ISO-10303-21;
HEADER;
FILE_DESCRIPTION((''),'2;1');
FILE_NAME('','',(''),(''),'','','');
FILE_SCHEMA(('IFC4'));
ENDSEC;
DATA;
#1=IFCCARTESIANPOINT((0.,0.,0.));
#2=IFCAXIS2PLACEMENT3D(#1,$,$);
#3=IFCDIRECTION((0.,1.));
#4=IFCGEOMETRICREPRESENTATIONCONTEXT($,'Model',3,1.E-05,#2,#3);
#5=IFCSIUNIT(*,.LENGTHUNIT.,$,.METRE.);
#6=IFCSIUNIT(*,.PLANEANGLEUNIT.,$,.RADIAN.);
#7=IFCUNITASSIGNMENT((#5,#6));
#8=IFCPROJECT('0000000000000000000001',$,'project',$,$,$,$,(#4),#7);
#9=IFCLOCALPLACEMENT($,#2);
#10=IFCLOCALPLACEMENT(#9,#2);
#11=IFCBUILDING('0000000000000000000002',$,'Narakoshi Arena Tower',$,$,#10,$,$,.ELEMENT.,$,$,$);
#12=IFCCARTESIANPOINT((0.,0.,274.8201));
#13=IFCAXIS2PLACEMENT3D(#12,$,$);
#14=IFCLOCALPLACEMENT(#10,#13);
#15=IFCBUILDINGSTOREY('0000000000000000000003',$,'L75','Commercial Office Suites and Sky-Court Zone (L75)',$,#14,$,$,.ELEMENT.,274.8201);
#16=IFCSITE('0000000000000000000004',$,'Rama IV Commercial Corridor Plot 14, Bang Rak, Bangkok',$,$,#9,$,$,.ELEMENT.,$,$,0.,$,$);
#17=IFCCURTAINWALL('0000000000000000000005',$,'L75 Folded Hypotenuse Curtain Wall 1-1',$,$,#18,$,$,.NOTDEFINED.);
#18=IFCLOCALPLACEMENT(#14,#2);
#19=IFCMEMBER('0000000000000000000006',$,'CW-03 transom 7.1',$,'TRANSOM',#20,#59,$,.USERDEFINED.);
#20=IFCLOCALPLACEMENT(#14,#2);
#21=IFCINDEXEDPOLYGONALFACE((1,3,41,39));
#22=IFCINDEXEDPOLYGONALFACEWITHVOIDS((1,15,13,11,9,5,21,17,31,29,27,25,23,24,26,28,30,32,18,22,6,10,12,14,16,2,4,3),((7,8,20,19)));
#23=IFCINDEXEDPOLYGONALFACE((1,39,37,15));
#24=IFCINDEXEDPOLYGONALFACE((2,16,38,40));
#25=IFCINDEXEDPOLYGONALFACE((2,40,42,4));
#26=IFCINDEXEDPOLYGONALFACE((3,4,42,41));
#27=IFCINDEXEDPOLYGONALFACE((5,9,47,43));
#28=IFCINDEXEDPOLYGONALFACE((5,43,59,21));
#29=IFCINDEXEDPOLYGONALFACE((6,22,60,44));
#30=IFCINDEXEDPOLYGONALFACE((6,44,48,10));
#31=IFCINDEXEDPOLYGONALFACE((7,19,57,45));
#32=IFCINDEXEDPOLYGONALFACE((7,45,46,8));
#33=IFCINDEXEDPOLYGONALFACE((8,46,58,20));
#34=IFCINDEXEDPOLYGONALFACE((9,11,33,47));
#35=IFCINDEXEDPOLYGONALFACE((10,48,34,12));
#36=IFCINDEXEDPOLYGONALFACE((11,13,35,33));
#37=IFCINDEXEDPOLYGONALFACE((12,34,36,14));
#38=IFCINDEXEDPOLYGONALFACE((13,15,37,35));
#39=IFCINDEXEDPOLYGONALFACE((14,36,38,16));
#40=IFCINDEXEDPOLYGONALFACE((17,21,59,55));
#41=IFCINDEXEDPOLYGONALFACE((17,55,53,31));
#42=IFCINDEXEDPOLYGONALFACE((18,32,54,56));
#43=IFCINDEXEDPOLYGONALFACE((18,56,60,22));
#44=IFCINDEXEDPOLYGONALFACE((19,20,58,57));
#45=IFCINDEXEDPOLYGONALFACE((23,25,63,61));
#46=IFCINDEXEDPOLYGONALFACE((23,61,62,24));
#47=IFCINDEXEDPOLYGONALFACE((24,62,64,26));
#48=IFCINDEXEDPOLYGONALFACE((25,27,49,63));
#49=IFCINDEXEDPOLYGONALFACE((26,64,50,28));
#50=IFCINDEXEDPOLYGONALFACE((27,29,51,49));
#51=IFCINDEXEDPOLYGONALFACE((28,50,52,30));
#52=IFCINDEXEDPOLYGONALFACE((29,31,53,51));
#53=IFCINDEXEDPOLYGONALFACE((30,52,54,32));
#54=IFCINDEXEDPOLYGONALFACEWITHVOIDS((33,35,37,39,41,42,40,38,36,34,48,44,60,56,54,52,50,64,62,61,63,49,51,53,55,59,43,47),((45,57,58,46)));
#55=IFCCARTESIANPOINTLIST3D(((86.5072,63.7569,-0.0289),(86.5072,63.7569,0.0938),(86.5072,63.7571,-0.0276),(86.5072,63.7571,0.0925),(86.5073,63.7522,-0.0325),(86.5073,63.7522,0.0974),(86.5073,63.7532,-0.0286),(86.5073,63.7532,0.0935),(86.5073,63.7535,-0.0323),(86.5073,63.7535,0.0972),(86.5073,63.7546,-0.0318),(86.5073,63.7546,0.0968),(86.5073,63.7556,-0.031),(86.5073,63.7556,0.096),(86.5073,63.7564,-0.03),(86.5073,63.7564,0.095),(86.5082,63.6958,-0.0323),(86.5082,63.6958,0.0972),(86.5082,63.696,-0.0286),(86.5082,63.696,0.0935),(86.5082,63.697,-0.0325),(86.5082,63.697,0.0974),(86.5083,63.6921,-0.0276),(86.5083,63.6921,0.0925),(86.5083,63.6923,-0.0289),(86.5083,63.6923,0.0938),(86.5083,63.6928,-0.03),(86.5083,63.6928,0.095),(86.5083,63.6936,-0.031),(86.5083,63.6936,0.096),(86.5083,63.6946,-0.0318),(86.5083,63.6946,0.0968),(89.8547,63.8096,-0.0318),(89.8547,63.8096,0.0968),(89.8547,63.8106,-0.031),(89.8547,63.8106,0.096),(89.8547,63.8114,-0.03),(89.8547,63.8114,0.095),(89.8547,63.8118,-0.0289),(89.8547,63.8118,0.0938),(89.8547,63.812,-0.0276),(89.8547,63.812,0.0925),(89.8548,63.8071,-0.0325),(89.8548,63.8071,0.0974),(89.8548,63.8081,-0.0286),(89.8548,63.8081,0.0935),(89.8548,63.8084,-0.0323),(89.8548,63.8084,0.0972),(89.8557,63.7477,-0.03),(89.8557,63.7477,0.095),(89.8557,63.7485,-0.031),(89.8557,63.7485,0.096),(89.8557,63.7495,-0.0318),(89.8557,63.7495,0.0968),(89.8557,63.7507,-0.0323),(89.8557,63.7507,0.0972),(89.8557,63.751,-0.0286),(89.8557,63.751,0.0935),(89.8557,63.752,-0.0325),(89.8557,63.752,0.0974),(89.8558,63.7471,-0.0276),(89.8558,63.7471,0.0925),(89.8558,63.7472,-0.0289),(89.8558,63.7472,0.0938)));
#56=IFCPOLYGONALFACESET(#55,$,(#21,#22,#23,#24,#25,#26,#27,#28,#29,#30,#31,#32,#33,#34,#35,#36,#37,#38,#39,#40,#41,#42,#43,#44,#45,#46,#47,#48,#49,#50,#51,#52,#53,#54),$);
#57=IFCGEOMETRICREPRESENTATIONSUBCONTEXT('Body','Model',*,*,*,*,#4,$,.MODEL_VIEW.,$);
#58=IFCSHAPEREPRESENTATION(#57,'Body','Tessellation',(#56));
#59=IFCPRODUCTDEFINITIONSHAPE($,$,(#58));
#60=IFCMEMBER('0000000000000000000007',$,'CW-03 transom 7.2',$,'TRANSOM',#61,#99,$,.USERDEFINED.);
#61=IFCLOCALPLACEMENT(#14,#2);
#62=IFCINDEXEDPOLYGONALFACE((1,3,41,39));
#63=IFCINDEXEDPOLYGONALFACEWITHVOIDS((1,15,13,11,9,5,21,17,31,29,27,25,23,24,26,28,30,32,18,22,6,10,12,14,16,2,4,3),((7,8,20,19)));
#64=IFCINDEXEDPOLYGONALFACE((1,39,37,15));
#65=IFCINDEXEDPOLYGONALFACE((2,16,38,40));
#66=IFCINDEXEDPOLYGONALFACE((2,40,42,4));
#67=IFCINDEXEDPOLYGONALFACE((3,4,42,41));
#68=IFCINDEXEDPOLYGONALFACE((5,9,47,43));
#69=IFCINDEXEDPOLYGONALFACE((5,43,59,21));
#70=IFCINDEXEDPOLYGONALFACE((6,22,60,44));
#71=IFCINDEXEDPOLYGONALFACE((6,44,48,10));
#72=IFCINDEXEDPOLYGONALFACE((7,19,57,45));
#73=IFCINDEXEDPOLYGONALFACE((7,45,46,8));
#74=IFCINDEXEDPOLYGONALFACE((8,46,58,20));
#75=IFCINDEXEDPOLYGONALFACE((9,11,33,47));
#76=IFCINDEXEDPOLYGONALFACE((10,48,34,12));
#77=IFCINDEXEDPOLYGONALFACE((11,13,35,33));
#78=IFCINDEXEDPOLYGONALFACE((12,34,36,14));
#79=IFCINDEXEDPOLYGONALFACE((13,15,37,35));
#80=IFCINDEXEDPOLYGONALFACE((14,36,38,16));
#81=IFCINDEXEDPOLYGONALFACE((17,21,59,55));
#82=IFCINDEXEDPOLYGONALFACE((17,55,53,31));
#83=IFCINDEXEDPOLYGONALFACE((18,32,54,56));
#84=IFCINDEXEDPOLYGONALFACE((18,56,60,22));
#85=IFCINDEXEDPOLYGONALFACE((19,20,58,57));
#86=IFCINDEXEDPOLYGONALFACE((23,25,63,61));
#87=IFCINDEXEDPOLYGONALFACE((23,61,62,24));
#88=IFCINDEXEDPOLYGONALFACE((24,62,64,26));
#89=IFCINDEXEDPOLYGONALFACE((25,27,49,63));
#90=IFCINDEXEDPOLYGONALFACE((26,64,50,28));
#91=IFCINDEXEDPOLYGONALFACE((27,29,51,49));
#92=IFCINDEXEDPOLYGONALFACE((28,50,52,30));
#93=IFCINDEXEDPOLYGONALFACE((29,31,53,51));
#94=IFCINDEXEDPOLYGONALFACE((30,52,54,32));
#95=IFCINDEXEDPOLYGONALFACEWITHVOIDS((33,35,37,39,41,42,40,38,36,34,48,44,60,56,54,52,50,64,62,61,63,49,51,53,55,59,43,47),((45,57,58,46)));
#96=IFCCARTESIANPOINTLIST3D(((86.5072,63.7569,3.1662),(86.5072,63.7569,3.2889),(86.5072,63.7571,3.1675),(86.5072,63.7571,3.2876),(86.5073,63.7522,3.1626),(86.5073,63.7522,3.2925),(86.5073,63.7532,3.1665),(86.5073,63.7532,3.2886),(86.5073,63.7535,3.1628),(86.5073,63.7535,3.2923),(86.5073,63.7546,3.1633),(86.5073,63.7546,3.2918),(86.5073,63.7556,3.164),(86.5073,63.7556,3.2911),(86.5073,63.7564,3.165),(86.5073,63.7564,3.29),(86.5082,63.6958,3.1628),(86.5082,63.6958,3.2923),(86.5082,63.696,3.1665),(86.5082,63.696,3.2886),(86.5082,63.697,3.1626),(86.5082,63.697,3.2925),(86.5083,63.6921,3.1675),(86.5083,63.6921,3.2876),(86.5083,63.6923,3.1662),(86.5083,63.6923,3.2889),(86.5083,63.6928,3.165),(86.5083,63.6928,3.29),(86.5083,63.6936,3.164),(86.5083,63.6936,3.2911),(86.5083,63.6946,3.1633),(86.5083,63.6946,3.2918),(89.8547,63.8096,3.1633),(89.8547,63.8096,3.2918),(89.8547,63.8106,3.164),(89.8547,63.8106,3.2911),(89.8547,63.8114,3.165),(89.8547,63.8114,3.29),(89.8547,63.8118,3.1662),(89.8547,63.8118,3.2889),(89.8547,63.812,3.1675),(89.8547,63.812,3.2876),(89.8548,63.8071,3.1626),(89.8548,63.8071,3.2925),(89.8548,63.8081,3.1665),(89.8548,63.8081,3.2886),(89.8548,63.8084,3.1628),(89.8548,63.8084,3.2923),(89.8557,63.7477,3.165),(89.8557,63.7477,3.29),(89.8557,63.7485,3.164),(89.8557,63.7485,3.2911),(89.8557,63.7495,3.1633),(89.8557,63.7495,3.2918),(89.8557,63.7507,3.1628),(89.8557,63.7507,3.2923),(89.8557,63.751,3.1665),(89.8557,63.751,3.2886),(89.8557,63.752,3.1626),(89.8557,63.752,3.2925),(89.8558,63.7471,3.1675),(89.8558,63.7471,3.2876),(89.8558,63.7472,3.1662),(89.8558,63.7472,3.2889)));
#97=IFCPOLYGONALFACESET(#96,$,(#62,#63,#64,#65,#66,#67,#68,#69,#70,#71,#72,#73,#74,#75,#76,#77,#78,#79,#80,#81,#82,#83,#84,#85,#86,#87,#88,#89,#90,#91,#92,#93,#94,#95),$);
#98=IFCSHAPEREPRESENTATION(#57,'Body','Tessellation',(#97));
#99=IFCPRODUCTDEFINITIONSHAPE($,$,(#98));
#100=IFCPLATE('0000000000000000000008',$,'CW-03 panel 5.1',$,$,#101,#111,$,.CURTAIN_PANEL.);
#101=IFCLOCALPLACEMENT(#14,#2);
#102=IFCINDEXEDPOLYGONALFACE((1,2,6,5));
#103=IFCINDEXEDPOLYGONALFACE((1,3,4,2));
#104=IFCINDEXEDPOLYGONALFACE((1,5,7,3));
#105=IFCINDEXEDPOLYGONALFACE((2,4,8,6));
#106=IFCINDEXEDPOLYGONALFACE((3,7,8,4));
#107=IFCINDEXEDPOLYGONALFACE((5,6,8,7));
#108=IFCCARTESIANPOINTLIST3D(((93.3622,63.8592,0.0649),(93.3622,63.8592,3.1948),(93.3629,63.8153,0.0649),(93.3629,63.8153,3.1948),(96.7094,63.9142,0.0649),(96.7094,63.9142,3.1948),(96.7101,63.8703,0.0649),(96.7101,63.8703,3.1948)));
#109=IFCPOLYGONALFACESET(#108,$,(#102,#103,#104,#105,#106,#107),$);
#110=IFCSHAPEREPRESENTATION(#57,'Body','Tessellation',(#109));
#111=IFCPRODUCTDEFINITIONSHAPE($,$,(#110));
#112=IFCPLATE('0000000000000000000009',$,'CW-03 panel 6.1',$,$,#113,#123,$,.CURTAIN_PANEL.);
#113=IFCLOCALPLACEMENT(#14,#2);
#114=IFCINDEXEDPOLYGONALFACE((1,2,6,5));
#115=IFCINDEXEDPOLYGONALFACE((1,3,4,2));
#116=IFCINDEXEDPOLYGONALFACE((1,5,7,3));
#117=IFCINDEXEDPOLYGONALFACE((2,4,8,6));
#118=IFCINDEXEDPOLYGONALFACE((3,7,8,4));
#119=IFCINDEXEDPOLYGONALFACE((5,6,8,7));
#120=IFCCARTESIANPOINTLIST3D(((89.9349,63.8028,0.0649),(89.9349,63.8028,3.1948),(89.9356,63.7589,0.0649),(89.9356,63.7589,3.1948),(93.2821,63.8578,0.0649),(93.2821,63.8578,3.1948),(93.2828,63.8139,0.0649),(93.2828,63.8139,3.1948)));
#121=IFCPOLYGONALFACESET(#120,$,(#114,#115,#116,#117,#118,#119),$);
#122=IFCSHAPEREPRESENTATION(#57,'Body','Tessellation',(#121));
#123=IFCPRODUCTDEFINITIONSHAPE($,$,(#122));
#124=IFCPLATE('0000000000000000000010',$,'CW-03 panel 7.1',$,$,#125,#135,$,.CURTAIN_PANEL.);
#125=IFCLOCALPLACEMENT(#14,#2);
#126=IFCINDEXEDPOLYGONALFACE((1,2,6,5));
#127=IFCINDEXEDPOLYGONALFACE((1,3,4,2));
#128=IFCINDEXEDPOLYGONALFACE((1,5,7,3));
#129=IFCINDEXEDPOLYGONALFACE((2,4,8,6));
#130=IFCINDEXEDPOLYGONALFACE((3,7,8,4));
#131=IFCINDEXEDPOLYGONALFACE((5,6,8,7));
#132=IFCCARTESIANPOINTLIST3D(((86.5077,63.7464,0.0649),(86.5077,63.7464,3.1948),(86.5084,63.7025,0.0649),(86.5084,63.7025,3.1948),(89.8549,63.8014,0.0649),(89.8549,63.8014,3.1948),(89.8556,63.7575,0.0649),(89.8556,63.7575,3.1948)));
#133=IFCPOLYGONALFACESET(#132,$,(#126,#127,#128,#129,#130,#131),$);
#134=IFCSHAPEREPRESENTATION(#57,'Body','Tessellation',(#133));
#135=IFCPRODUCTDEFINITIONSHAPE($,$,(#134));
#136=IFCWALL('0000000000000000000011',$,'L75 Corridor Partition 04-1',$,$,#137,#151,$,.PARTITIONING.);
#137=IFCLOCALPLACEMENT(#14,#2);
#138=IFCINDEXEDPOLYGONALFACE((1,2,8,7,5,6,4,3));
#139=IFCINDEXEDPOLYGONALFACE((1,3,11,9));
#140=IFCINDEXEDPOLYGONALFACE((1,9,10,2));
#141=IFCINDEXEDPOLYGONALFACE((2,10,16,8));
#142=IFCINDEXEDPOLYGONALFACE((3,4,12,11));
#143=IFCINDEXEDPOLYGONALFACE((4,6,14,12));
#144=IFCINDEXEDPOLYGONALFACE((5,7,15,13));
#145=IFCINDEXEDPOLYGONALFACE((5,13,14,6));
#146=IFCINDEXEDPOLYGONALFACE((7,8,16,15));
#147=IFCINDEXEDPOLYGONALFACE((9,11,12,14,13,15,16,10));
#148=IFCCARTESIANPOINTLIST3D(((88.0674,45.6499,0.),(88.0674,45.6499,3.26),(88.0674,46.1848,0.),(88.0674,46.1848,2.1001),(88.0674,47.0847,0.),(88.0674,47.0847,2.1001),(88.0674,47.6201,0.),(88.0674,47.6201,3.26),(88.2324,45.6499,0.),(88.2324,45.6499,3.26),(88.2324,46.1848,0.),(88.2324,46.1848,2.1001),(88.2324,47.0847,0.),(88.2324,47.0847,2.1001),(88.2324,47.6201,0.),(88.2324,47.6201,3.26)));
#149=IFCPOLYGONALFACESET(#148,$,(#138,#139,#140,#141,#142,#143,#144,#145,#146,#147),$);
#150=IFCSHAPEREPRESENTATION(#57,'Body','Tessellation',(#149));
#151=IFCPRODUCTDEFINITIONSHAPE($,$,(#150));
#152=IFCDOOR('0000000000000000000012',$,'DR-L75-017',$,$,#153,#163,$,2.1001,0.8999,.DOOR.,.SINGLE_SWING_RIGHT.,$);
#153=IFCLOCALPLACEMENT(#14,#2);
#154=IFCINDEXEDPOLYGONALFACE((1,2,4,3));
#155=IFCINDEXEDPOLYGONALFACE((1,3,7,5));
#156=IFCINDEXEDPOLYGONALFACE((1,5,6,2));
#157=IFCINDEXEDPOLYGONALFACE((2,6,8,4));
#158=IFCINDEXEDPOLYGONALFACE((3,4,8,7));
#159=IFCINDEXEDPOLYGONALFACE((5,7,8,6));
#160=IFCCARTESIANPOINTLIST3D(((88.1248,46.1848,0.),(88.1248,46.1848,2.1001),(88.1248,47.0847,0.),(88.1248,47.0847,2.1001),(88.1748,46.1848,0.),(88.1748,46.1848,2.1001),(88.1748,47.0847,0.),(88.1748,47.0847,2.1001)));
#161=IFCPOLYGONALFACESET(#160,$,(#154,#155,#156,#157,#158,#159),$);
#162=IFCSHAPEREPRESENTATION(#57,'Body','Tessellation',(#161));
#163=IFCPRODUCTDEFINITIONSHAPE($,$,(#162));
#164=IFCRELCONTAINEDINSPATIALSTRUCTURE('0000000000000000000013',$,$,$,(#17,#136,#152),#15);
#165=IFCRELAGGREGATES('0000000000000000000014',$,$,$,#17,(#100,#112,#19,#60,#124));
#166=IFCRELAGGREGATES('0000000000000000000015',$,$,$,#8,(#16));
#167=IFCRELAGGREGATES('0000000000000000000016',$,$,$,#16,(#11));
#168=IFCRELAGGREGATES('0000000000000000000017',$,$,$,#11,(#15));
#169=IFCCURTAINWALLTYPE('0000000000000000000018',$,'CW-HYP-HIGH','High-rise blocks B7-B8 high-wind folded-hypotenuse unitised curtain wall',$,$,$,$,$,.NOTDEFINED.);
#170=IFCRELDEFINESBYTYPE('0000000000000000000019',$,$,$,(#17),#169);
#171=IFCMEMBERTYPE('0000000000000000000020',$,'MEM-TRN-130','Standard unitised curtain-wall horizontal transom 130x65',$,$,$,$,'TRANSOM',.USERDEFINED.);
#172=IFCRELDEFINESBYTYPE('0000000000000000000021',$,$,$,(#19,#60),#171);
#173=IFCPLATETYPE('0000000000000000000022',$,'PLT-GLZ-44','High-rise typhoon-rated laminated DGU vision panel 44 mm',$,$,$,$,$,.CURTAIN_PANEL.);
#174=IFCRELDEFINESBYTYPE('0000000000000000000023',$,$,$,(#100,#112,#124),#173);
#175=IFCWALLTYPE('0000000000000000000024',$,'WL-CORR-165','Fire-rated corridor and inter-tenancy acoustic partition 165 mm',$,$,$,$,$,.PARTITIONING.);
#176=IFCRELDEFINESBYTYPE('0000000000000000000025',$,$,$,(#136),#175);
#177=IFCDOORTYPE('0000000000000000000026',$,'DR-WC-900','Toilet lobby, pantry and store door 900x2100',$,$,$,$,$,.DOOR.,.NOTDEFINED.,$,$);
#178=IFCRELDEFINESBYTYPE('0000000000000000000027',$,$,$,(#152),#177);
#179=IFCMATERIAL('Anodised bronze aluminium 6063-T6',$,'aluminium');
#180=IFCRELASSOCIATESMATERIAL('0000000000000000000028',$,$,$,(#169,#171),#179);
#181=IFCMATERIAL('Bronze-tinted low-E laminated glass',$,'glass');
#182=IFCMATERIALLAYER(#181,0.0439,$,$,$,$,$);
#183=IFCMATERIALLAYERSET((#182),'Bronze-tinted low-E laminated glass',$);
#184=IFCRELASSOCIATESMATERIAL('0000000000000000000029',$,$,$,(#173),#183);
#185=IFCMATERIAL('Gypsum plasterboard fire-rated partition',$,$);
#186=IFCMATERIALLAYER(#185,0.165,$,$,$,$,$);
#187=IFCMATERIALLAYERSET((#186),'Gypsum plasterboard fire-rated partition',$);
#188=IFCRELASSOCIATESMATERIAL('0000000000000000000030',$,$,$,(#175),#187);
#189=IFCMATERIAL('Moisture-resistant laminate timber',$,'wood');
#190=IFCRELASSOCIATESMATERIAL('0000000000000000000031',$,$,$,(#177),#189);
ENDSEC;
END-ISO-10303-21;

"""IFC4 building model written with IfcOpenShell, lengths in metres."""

from ifc_helpers import new_model, si_unit, direction, frame, frame_2d, origin, origin_2d, place, context, subcontext, project, spatial, rectangle, hollow_rectangle, extrude, material, layer, layer_set, material_profile, profile_set, type_object, element, fill, aggregate, save


model = new_model("IFC4")

# Units and contexts
model_context = context("Model", 3, precision=1e-05, world=origin(), true_north=direction((0.0, 1.0)))
body_context = subcontext(model_context, "Body", "Model", "MODEL_VIEW")
ifc_project = project(units=[si_unit("LENGTHUNIT", "METRE"), si_unit("PLANEANGLEUNIT", "RADIAN")], contexts=[model_context])

# Site, building, storey
site_placement = place(None, origin())
site = spatial("IfcSite", under=ifc_project, at=site_placement, Name="Rama IV Commercial Corridor Plot 14, Bang Rak, Bangkok", CompositionType="ELEMENT", RefElevation=0.0)
building_placement = place(site_placement, origin())
building = spatial("IfcBuilding", under=site, at=building_placement, Name="Narakoshi Arena Tower", CompositionType="ELEMENT")
storey_placement = place(building_placement, frame((0.0, 0.0, 274.8201)))
storey = spatial("IfcBuildingStorey", under=building, at=storey_placement, Name="L75", Description="Commercial Office Suites and Sky-Court Zone (L75)", CompositionType="ELEMENT", Elevation=274.8201)

# Curtain wall, members, plates
ifc_material_1 = material(Name="Anodised bronze aluminium 6063-T6", Category="aluminium")
curtain_wall_type = type_object("IfcCurtainWallType", Name="CW-HYP-HIGH", Description="High-rise blocks B7-B8 high-wind folded-hypotenuse unitised curtain wall", PredefinedType="NOTDEFINED", material=ifc_material_1)
curtain_wall_placement = place(storey_placement, origin())
curtain_wall = element("IfcCurtainWall", 1, at=curtain_wall_placement, inside=storey, type_object=curtain_wall_type, Name="L75 Folded Hypotenuse Curtain Wall 1-1", PredefinedType="NOTDEFINED")
ifc_material_profile_1 = material_profile(ifc_material_1, hollow_rectangle(XDim=0.0649, YDim=0.1299, WallThickness=0.0039, OuterFilletRadius=0.0049, at=origin_2d()), Name="TRN130x65x4")
ifc_profile_set_1 = profile_set([ifc_material_profile_1], Name="Anodised bronze aluminium 6063-T6")
member_type_1 = type_object("IfcMemberType", Name="MEM-TRN-130", Description="Standard unitised curtain-wall horizontal transom 130x65", ElementType="TRANSOM", PredefinedType="USERDEFINED", material=ifc_profile_set_1)
member_1_placement = place(storey_placement, frame((89.8552, 63.7795, 0.0325), z_axis=(-0.999865, -0.016408, 0.0), x_axis=(0.016408, -0.999865, 0.0)))
member_1 = element("IfcMember", 2, at=member_1_placement, type_object=member_type_1, Name="CW-03 transom 7.1", ObjectType="TRANSOM", PredefinedType="USERDEFINED", context=body_context, shape_type="SweptSolid", body=[
    extrude(hollow_rectangle(XDim=0.0649, YDim=0.1299, WallThickness=0.0039, OuterFilletRadius=0.0049, at=origin_2d()), origin(), (0.0, 0.0, 1.0), 3.3479),
])
member_2_placement = place(storey_placement, frame((89.8552, 63.7795, 3.2275), z_axis=(-0.999865, -0.016408, 0.0), x_axis=(0.016408, -0.999865, 0.0)))
member_2 = element("IfcMember", 3, at=member_2_placement, type_object=member_type_1, Name="CW-03 transom 7.2", ObjectType="TRANSOM", PredefinedType="USERDEFINED", context=body_context, shape_type="SweptSolid", body=[
    extrude(hollow_rectangle(XDim=0.0649, YDim=0.1299, WallThickness=0.0039, OuterFilletRadius=0.0049, at=origin_2d()), origin(), (0.0, 0.0, 1.0), 3.3479),
])
ifc_material_2 = material(Name="Bronze-tinted low-E laminated glass", Category="glass")
ifc_layer_1 = layer(ifc_material_2, 0.0439)
ifc_layer_set_1 = layer_set([ifc_layer_1], Name="Bronze-tinted low-E laminated glass")
plate_type = type_object("IfcPlateType", Name="PLT-GLZ-44", Description="High-rise typhoon-rated laminated DGU vision panel 44 mm", PredefinedType="CURTAIN_PANEL", material=ifc_layer_set_1)
plate_1_placement = place(storey_placement, frame((95.0361, 63.8647, 0.0649), z_axis=(0.0, 0.0, 1.0), x_axis=(-0.999865, -0.016443, 0.0)))
plate_1 = element("IfcPlate", 4, at=plate_1_placement, type_object=plate_type, Name="CW-03 panel 5.1", PredefinedType="CURTAIN_PANEL", context=body_context, shape_type="SweptSolid", body=[
    extrude(rectangle(XDim=3.3477, YDim=0.0439, at=origin_2d()), origin(), (0.0, 0.0, 1.0), 3.1299),
])
plate_2_placement = place(storey_placement, frame((91.6089, 63.8083, 0.0649), z_axis=(0.0, 0.0, 1.0), x_axis=(-0.999865, -0.016443, 0.0)))
plate_2 = element("IfcPlate", 5, at=plate_2_placement, type_object=plate_type, Name="CW-03 panel 6.1", PredefinedType="CURTAIN_PANEL", context=body_context, shape_type="SweptSolid", body=[
    extrude(rectangle(XDim=3.3477, YDim=0.0439, at=origin_2d()), origin(), (0.0, 0.0, 1.0), 3.1299),
])
plate_3_placement = place(storey_placement, frame((88.1816, 63.752, 0.0649), z_axis=(0.0, 0.0, 1.0), x_axis=(-0.999865, -0.016443, 0.0)))
plate_3 = element("IfcPlate", 6, at=plate_3_placement, type_object=plate_type, Name="CW-03 panel 7.1", PredefinedType="CURTAIN_PANEL", context=body_context, shape_type="SweptSolid", body=[
    extrude(rectangle(XDim=3.3477, YDim=0.0439, at=origin_2d()), origin(), (0.0, 0.0, 1.0), 3.1299),
])
aggregate(curtain_wall, [plate_1, plate_2, member_1, member_2, plate_3])

# Wall, opening, door
ifc_material_3 = material(Name="Gypsum plasterboard fire-rated partition")
ifc_layer_2 = layer(ifc_material_3, 0.165)
ifc_layer_set_2 = layer_set([ifc_layer_2], Name="Gypsum plasterboard fire-rated partition")
wall_type_1 = type_object("IfcWallType", Name="WL-CORR-165", Description="Fire-rated corridor and inter-tenancy acoustic partition 165 mm", PredefinedType="PARTITIONING", material=ifc_layer_set_2)
wall_1_placement = place(storey_placement, frame((88.1499, 45.6499, 0.0), z_axis=(0.0, 0.0, 1.0), x_axis=(0.0, 1.0, 0.0)))
wall_1 = element("IfcWall", 7, at=wall_1_placement, inside=storey, type_object=wall_type_1, Name="L75 Corridor Partition 04-1", PredefinedType="PARTITIONING", context=body_context, shape_type="SweptSolid", body=[
    extrude(rectangle(XDim=1.9702, YDim=0.165, at=frame_2d((0.9851, 0.0))), origin(), (0.0, 0.0, 1.0), 3.26),
])
opening_1_placement = place(wall_1_placement, frame((0.5349, 0.0, 0.0)))
opening_1 = element("IfcOpeningElement", 8, at=opening_1_placement, cuts=wall_1, PredefinedType="OPENING", context=body_context, shape_type="SweptSolid", body=[
    extrude(rectangle(XDim=0.8999, YDim=2.1001, at=frame_2d((0.45, 1.05))), frame((0.0, 0.0925, 0.0), z_axis=(0.0, -1.0, 0.0), x_axis=(1.0, 0.0, 0.0)), (0.0, 0.0, 1.0), 0.1851),
])
ifc_material_4 = material(Name="Moisture-resistant laminate timber", Category="wood")
door_type_1 = type_object("IfcDoorType", Name="DR-WC-900", Description="Toilet lobby, pantry and store door 900x2100", OperationType="NOTDEFINED", PredefinedType="DOOR", material=ifc_material_4)
door_1_placement = place(opening_1_placement, frame((0.8999, 0.0, 0.0), z_axis=(0.0, 0.0, 1.0), x_axis=(-1.0, 0.0, 0.0)))
door_1 = element("IfcDoor", 9, at=door_1_placement, inside=storey, type_object=door_type_1, Name="DR-L75-017", OperationType="SINGLE_SWING_RIGHT", OverallHeight=2.1001, OverallWidth=0.8999, PredefinedType="DOOR", context=body_context, shape_type="SweptSolid", body=[
    extrude(rectangle(XDim=0.8999, YDim=2.1001, at=frame_2d((0.45, 1.05))), frame((0.0, 0.0249, 0.0), z_axis=(0.0, -1.0, 0.0), x_axis=(1.0, 0.0, 0.0)), (0.0, 0.0, 1.0), 0.05),
])
fill(opening_1, door_1)

save(model, "model.ifc")
